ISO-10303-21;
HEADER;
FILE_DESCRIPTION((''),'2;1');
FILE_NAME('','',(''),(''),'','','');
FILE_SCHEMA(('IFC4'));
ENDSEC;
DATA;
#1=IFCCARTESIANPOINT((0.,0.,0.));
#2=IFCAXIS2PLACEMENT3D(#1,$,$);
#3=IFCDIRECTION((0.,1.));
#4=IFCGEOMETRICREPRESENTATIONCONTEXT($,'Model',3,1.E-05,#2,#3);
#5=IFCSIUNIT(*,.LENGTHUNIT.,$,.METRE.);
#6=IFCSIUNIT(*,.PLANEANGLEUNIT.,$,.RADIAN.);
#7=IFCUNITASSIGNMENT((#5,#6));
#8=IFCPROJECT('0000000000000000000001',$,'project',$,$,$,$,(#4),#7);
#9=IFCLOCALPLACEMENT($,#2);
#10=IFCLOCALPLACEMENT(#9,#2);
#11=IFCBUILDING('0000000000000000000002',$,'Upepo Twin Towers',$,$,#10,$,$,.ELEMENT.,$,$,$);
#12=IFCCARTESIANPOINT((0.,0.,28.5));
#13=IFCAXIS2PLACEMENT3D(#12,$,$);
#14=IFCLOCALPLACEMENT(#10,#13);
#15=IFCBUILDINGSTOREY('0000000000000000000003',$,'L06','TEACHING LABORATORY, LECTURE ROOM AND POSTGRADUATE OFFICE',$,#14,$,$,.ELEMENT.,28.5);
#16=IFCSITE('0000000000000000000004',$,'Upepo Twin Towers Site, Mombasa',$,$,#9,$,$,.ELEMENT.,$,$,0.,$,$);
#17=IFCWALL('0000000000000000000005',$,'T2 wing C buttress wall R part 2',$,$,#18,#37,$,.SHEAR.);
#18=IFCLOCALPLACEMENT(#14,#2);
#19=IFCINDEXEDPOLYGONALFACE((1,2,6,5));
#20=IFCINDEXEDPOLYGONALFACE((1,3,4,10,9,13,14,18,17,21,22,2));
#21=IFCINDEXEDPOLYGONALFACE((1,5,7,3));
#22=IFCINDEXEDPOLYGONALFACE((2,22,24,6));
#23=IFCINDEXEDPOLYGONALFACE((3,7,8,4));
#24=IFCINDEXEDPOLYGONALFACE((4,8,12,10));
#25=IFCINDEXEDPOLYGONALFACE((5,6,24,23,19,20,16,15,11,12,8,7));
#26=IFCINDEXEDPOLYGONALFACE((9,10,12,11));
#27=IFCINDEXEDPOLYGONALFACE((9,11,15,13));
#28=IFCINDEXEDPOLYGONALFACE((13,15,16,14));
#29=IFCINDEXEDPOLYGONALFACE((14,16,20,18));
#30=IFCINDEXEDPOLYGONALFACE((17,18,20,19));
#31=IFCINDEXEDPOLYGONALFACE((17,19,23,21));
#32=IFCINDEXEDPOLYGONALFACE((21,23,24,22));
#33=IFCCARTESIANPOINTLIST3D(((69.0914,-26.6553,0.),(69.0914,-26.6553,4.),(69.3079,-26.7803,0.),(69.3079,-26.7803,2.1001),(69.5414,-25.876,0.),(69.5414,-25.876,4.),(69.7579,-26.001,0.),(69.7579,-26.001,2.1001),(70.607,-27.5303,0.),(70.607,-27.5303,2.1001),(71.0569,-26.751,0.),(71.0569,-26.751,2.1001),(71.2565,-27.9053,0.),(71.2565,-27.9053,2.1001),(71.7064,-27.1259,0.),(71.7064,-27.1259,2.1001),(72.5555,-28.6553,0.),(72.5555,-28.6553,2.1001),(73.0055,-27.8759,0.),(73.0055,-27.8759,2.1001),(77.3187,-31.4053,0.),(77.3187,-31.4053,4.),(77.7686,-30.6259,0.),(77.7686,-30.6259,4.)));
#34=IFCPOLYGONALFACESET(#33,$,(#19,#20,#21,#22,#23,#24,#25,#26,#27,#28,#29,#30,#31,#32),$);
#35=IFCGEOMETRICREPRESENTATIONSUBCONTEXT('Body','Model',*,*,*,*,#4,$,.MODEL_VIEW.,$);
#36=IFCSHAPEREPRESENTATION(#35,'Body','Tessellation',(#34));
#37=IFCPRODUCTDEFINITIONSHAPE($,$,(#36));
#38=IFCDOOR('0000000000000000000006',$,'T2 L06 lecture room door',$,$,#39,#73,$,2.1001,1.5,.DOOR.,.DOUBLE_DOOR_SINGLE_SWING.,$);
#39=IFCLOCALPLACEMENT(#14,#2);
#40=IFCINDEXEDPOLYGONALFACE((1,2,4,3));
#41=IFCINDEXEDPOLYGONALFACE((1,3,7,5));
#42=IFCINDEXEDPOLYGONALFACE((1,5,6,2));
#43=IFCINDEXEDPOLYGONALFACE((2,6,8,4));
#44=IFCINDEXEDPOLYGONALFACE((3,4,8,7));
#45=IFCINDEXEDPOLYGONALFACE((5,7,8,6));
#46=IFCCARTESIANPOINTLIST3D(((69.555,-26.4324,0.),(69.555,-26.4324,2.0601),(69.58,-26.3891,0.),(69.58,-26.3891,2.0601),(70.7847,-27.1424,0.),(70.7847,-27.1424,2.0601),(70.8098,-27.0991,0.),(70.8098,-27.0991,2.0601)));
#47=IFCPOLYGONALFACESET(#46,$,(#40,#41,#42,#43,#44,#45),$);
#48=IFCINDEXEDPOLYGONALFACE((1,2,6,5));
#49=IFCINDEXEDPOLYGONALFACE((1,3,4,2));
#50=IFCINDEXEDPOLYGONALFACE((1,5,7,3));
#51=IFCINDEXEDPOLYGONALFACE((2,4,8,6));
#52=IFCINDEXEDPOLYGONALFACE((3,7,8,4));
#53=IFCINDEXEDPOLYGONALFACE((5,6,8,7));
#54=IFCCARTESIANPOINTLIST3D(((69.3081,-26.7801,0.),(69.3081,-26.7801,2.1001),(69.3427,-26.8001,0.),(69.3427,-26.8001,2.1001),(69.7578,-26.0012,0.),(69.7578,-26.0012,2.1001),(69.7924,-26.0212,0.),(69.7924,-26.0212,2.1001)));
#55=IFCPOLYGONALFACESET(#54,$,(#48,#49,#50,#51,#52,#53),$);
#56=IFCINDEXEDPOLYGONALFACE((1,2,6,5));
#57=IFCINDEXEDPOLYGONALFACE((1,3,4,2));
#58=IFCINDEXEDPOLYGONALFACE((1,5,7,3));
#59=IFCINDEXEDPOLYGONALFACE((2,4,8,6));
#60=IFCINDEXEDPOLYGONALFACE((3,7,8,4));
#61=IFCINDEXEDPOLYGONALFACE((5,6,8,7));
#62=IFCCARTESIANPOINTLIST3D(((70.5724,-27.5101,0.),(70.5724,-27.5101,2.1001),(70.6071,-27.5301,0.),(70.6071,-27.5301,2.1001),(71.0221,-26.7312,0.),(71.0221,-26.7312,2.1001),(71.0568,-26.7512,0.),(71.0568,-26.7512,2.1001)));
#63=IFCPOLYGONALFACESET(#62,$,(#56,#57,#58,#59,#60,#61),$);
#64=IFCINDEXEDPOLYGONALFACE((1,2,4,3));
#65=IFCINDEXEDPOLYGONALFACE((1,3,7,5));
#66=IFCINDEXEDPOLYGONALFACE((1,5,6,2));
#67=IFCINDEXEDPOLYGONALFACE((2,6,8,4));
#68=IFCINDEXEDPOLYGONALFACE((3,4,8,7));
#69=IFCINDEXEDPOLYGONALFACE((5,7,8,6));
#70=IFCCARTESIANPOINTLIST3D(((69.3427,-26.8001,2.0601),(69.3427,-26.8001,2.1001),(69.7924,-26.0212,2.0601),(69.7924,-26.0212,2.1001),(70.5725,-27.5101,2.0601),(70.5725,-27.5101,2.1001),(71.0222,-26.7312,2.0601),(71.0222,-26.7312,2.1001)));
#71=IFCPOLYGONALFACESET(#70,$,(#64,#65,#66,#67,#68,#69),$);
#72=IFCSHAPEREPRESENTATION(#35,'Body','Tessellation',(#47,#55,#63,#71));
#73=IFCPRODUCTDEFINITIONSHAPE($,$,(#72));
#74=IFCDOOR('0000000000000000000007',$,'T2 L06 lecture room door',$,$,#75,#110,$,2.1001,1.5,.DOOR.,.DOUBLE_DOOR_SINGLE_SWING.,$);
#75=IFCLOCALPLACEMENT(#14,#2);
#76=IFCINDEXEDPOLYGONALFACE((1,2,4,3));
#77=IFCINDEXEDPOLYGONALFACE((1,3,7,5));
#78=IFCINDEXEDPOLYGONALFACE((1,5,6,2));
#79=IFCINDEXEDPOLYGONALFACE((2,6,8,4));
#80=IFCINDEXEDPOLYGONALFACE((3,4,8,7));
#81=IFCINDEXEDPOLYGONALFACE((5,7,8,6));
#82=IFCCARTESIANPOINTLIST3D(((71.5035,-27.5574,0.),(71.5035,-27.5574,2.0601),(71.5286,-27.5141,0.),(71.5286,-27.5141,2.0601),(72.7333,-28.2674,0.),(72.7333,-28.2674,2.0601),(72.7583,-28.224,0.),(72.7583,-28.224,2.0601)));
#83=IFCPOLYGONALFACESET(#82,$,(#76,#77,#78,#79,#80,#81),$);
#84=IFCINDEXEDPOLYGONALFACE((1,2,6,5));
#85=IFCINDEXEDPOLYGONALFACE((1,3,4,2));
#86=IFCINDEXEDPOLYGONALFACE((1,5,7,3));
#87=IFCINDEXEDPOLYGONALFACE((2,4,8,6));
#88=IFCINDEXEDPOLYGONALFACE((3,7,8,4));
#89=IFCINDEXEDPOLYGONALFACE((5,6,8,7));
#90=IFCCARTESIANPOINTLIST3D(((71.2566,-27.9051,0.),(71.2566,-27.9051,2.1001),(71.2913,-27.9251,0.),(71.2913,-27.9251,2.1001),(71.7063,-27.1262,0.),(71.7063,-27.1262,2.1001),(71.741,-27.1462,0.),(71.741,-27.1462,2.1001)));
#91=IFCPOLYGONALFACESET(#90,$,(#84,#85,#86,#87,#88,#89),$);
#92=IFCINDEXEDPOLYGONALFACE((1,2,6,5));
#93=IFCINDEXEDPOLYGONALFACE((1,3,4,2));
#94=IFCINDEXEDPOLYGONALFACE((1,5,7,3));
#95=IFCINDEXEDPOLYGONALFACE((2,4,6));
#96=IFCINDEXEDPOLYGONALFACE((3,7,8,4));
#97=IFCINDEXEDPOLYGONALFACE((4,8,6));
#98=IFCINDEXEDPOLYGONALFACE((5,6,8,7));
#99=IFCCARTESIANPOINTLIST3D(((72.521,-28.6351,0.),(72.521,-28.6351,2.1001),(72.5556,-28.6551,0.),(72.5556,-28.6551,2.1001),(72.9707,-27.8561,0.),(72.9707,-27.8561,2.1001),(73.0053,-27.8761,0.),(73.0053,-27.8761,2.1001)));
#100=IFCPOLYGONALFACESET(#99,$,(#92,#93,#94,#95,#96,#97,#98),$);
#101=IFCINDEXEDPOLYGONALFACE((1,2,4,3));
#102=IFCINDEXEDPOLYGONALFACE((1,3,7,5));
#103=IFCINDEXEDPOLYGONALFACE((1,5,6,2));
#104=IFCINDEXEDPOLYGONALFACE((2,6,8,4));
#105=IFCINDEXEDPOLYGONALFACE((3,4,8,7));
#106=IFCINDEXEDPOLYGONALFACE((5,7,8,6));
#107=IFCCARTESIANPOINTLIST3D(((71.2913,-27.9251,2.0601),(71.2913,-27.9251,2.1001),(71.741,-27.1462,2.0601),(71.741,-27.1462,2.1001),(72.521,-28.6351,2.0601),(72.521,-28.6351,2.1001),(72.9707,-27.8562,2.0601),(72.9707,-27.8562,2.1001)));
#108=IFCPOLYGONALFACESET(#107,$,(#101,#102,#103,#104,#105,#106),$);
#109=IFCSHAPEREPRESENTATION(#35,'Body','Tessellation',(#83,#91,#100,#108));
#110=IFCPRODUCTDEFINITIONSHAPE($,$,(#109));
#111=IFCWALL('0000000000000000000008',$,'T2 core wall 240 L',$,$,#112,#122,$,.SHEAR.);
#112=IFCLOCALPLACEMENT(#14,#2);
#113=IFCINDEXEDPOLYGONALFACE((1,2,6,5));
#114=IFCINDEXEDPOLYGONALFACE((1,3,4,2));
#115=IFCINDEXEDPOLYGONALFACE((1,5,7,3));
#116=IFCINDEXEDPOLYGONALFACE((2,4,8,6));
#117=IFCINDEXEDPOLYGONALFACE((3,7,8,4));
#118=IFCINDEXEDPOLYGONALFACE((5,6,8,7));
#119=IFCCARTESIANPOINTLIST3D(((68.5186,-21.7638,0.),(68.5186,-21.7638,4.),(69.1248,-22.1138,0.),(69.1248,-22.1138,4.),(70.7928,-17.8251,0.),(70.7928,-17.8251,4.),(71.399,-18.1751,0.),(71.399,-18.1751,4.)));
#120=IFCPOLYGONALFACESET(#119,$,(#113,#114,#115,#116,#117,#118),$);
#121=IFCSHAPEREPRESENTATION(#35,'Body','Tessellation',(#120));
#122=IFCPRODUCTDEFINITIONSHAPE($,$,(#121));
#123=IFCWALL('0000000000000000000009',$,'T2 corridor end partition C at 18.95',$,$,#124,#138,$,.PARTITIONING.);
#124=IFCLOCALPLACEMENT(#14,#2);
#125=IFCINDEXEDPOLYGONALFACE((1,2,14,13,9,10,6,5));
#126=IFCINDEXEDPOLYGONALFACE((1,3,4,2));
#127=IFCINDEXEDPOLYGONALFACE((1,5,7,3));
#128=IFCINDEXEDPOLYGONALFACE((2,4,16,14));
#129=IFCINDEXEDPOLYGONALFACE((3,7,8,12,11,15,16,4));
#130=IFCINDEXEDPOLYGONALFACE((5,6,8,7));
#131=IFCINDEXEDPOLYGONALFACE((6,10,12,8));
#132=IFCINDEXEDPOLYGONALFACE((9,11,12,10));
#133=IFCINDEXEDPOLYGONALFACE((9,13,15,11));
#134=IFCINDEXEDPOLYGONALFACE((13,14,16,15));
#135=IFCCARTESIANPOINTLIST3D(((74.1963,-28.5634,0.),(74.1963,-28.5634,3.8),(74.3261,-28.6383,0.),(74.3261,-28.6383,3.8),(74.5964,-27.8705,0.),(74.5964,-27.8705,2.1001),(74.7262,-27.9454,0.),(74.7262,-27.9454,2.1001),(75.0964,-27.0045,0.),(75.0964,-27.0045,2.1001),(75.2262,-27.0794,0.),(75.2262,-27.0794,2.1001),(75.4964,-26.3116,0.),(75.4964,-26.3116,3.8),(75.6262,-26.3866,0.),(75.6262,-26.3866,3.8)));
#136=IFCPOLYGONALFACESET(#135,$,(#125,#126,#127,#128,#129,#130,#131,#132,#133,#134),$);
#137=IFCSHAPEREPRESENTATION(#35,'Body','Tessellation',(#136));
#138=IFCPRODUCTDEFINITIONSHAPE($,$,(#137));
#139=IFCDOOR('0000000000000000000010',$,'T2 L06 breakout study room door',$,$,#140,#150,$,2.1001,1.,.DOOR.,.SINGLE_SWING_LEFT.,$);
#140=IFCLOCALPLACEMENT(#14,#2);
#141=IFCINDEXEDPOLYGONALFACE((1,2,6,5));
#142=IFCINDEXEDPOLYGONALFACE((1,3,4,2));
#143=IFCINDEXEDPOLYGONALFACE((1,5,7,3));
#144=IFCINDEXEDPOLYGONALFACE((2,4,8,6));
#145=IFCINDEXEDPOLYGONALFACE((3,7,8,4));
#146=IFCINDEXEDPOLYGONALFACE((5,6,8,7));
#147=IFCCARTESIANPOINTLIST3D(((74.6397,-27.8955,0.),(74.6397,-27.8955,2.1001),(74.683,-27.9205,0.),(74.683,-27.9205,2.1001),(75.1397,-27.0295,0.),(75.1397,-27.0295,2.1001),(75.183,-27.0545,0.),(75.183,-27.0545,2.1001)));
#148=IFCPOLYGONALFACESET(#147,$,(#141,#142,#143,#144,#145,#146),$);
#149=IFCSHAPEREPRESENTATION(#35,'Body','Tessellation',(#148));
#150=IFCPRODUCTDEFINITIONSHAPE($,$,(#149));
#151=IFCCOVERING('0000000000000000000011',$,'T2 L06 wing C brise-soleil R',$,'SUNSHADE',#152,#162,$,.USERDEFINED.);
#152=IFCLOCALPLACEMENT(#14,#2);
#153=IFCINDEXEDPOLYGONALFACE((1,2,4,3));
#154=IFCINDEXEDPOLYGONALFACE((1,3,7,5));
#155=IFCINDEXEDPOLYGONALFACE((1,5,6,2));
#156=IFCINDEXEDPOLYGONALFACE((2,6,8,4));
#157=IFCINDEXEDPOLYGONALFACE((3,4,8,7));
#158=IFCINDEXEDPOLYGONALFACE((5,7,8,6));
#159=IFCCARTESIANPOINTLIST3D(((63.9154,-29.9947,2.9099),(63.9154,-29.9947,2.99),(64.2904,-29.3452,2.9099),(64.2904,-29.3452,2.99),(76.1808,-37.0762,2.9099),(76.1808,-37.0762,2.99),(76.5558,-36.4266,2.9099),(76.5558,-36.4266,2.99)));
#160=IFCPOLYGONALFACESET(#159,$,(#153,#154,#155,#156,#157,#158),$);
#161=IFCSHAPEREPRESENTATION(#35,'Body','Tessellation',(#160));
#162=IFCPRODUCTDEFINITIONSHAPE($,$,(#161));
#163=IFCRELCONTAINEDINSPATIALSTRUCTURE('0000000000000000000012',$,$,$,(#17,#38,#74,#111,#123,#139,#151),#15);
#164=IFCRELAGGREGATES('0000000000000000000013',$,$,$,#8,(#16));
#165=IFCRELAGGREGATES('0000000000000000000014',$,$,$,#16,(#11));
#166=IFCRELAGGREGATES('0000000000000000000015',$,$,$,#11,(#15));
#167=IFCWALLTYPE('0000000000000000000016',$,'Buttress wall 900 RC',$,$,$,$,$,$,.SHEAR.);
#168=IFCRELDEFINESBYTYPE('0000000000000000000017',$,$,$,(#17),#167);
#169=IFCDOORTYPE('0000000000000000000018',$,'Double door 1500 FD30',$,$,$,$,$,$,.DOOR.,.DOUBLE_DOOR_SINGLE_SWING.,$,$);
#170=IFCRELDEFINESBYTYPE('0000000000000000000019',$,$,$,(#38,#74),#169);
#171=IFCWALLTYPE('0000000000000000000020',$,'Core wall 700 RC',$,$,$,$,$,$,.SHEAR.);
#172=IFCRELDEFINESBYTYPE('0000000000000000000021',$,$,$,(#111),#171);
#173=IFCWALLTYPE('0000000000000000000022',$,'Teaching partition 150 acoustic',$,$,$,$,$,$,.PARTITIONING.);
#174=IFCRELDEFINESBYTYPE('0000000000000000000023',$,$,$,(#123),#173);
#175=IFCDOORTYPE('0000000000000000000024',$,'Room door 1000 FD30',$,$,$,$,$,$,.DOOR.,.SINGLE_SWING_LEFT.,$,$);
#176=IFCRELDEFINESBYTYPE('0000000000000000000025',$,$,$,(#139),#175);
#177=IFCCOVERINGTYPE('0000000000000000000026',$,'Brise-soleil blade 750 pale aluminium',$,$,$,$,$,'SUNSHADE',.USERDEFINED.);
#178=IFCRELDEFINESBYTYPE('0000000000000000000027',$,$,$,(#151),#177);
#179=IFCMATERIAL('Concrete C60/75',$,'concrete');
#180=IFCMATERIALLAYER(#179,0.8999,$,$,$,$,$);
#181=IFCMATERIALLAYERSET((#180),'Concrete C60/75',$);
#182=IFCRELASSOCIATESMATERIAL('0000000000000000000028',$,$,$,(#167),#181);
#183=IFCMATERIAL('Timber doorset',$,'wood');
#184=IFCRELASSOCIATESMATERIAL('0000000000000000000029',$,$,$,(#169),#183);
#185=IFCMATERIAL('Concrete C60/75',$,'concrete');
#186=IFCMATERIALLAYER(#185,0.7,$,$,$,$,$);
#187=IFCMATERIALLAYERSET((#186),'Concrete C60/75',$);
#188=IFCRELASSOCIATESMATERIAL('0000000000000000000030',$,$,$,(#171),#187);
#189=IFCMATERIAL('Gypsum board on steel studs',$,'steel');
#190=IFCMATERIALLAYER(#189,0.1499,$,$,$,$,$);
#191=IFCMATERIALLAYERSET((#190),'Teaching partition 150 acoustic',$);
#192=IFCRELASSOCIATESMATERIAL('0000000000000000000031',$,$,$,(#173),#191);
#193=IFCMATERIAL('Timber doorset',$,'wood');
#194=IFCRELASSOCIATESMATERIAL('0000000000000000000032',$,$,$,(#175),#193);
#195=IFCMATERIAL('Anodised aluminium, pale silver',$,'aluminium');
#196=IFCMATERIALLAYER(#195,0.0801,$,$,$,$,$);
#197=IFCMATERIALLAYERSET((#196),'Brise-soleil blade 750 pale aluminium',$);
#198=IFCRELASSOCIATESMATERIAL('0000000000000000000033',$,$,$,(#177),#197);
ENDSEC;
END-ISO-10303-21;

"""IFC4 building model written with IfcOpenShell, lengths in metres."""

from ifc_helpers import new_model, si_unit, direction, frame, frame_2d, origin, origin_2d, place, context, subcontext, project, spatial, rectangle, extrude, material, layer, layer_set, type_object, element, fill, save


model = new_model("IFC4")

# Units and contexts
model_context = context("Model", 3, precision=1e-05, world=origin(), true_north=direction((0.0, 1.0)))
body_context = subcontext(model_context, "Body", "Model", "MODEL_VIEW")
ifc_project = project(units=[si_unit("LENGTHUNIT", "METRE"), si_unit("PLANEANGLEUNIT", "RADIAN")], contexts=[model_context])

# Site, building, storey
site_placement = place(None, origin())
site = spatial("IfcSite", under=ifc_project, at=site_placement, Name="Upepo Twin Towers Site, Mombasa", CompositionType="ELEMENT", RefElevation=0.0)
building_placement = place(site_placement, origin())
building = spatial("IfcBuilding", under=site, at=building_placement, Name="Upepo Twin Towers", CompositionType="ELEMENT")
storey_placement = place(building_placement, frame((0.0, 0.0, 28.5)))
storey = spatial("IfcBuildingStorey", under=building, at=storey_placement, Name="L06", Description="TEACHING LABORATORY, LECTURE ROOM AND POSTGRADUATE OFFICE", CompositionType="ELEMENT", Elevation=28.5)

# Wall, openings, doors
ifc_material_1 = material(Name="Concrete C60/75", Category="concrete")
ifc_layer_1 = layer(ifc_material_1, 0.8999)
ifc_layer_set_1 = layer_set([ifc_layer_1], Name="Concrete C60/75")
wall_type_1 = type_object("IfcWallType", Name="Buttress wall 900 RC", PredefinedType="SHEAR", material=ifc_layer_set_1)
ifc_material_2 = material(Name="Timber doorset", Category="wood")
door_type_1 = type_object("IfcDoorType", Name="Double door 1500 FD30", OperationType="DOUBLE_DOOR_SINGLE_SWING", PredefinedType="DOOR", material=ifc_material_2)
wall_1_placement = place(storey_placement, frame((69.3164, -26.2656, 0.0), z_axis=(0.0, 0.0, 1.0), x_axis=(0.866027, -0.499998, 0.0)))
wall_1 = element("IfcWall", 1, at=wall_1_placement, inside=storey, type_object=wall_type_1, Name="T2 wing C buttress wall R part 2", PredefinedType="SHEAR", context=body_context, shape_type="SweptSolid", body=[
    extrude(rectangle(XDim=9.5, YDim=0.8999, at=frame_2d((4.75, 0.0))), origin(), (0.0, 0.0, 1.0), 4.0),
])
opening_1_placement = place(wall_1_placement, frame((0.25, 0.0, 0.0)))
opening_1 = element("IfcOpeningElement", 2, at=opening_1_placement, cuts=wall_1, PredefinedType="OPENING", context=body_context, shape_type="SweptSolid", body=[
    extrude(rectangle(XDim=1.5, YDim=2.1001, at=frame_2d((0.75, 1.05))), frame((0.0, 0.46, 0.0), z_axis=(0.0, -1.0, 0.0), x_axis=(1.0, 0.0, 0.0)), (0.0, 0.0, 1.0), 0.9199),
])
opening_2_placement = place(wall_1_placement, frame((2.5, 0.0, 0.0)))
opening_2 = element("IfcOpeningElement", 3, at=opening_2_placement, cuts=wall_1, PredefinedType="OPENING", context=body_context, shape_type="SweptSolid", body=[
    extrude(rectangle(XDim=1.5, YDim=2.1001, at=frame_2d((0.75, 1.05))), frame((0.0, 0.46, 0.0), z_axis=(0.0, -1.0, 0.0), x_axis=(1.0, 0.0, 0.0)), (0.0, 0.0, 1.0), 0.9199),
])
door_1_placement = place(opening_1_placement, origin())
door_1 = element("IfcDoor", 4, at=door_1_placement, inside=storey, type_object=door_type_1, Name="T2 L06 lecture room door", OperationType="DOUBLE_DOOR_SINGLE_SWING", OverallHeight=2.1001, OverallWidth=1.5, PredefinedType="DOOR", context=body_context, shape_type="SweptSolid", body=[
    extrude(rectangle(XDim=1.42, YDim=2.0601, at=frame_2d((0.75, 1.03))), frame((0.0, 0.0249, 0.0), z_axis=(0.0, -1.0, 0.0), x_axis=(1.0, 0.0, 0.0)), (0.0, 0.0, 1.0), 0.05),
    extrude(rectangle(XDim=0.04, YDim=2.1001, at=frame_2d((0.02, 1.05))), frame((0.0, 0.4497, 0.0), z_axis=(0.0, -1.0, 0.0), x_axis=(1.0, 0.0, 0.0)), (0.0, 0.0, 1.0), 0.8994),
    extrude(rectangle(XDim=0.04, YDim=2.1001, at=frame_2d((1.48, 1.05))), frame((0.0, 0.4497, 0.0), z_axis=(0.0, -1.0, 0.0), x_axis=(1.0, 0.0, 0.0)), (0.0, 0.0, 1.0), 0.8994),
    extrude(rectangle(XDim=1.42, YDim=0.04, at=frame_2d((0.75, 2.0801))), frame((0.0, 0.4497, 0.0), z_axis=(0.0, -1.0, 0.0), x_axis=(1.0, 0.0, 0.0)), (0.0, 0.0, 1.0), 0.8994),
])
fill(opening_1, door_1)
door_2_placement = place(opening_2_placement, origin())
door_2 = element("IfcDoor", 5, at=door_2_placement, inside=storey, type_object=door_type_1, Name="T2 L06 lecture room door", OperationType="DOUBLE_DOOR_SINGLE_SWING", OverallHeight=2.1001, OverallWidth=1.5, PredefinedType="DOOR", context=body_context, shape_type="SweptSolid", body=[
    extrude(rectangle(XDim=1.42, YDim=2.0601, at=frame_2d((0.75, 1.03))), frame((0.0, 0.0249, 0.0), z_axis=(0.0, -1.0, 0.0), x_axis=(1.0, 0.0, 0.0)), (0.0, 0.0, 1.0), 0.05),
    extrude(rectangle(XDim=0.04, YDim=2.1001, at=frame_2d((0.02, 1.05))), frame((0.0, 0.4497, 0.0), z_axis=(0.0, -1.0, 0.0), x_axis=(1.0, 0.0, 0.0)), (0.0, 0.0, 1.0), 0.8994),
    extrude(rectangle(XDim=0.04, YDim=2.1001, at=frame_2d((1.48, 1.05))), frame((0.0, 0.4497, 0.0), z_axis=(0.0, -1.0, 0.0), x_axis=(1.0, 0.0, 0.0)), (0.0, 0.0, 1.0), 0.8994),
    extrude(rectangle(XDim=1.42, YDim=0.04, at=frame_2d((0.75, 2.0801))), frame((0.0, 0.4497, 0.0), z_axis=(0.0, -1.0, 0.0), x_axis=(1.0, 0.0, 0.0)), (0.0, 0.0, 1.0), 0.8994),
])
fill(opening_2, door_2)

# Wall
ifc_material_3 = material(Name="Concrete C60/75", Category="concrete")
ifc_layer_2 = layer(ifc_material_3, 0.7)
ifc_layer_set_2 = layer_set([ifc_layer_2], Name="Concrete C60/75")
wall_type_2 = type_object("IfcWallType", Name="Core wall 700 RC", PredefinedType="SHEAR", material=ifc_layer_set_2)
wall_2_placement = place(storey_placement, frame((68.8218, -21.9387, 0.0), z_axis=(0.0, 0.0, 1.0), x_axis=(0.500024, 0.866011, 0.0)))
element("IfcWall", 6, at=wall_2_placement, inside=storey, type_object=wall_type_2, Name="T2 core wall 240 L", PredefinedType="SHEAR", context=body_context, shape_type="SweptSolid", body=[
    extrude(rectangle(XDim=4.5481, YDim=0.7, at=frame_2d((2.2739, 0.0))), origin(), (0.0, 0.0, 1.0), 4.0),
])

# Wall, opening, door
ifc_material_4 = material(Name="Gypsum board on steel studs", Category="steel")
ifc_layer_3 = layer(ifc_material_4, 0.1499)
ifc_layer_set_3 = layer_set([ifc_layer_3], Name="Teaching partition 150 acoustic")
wall_type_3 = type_object("IfcWallType", Name="Teaching partition 150 acoustic", PredefinedType="PARTITIONING", material=ifc_layer_set_3)
wall_3_placement = place(storey_placement, frame((74.2612, -28.6008, 0.0), z_axis=(0.0, 0.0, 1.0), x_axis=(0.500007, 0.866021, 0.0)))
wall_3 = element("IfcWall", 7, at=wall_3_placement, inside=storey, type_object=wall_type_3, Name="T2 corridor end partition C at 18.95", PredefinedType="PARTITIONING", context=body_context, shape_type="SweptSolid", body=[
    extrude(rectangle(XDim=2.6001, YDim=0.1499, at=frame_2d((1.3, 0.0))), origin(), (0.0, 0.0, 1.0), 3.8),
])
opening_3_placement = place(wall_3_placement, frame((0.8, 0.0, 0.0)))
opening_3 = element("IfcOpeningElement", 8, at=opening_3_placement, cuts=wall_3, PredefinedType="OPENING", context=body_context, shape_type="SweptSolid", body=[
    extrude(rectangle(XDim=1.0, YDim=2.1001, at=frame_2d((0.5, 1.05))), frame((0.0, 0.085, 0.0), z_axis=(0.0, -1.0, 0.0), x_axis=(1.0, 0.0, 0.0)), (0.0, 0.0, 1.0), 0.1699),
])
ifc_material_5 = material(Name="Timber doorset", Category="wood")
door_type_2 = type_object("IfcDoorType", Name="Room door 1000 FD30", OperationType="SINGLE_SWING_LEFT", PredefinedType="DOOR", material=ifc_material_5)
door_3_placement = place(opening_3_placement, origin())
door_3 = element("IfcDoor", 9, at=door_3_placement, inside=storey, type_object=door_type_2, Name="T2 L06 breakout study room door", OperationType="SINGLE_SWING_LEFT", OverallHeight=2.1001, OverallWidth=1.0, PredefinedType="DOOR", context=body_context, shape_type="SweptSolid", body=[
    extrude(rectangle(XDim=1.0, YDim=2.1001, at=frame_2d((0.5, 1.05))), frame((0.0, 0.0249, 0.0), z_axis=(0.0, -1.0, 0.0), x_axis=(1.0, 0.0, 0.0)), (0.0, 0.0, 1.0), 0.05),
])
fill(opening_3, door_3)

# Covering
ifc_material_6 = material(Name="Anodised aluminium, pale silver", Category="aluminium")
ifc_layer_4 = layer(ifc_material_6, 0.0801)
ifc_layer_set_4 = layer_set([ifc_layer_4], Name="Brise-soleil blade 750 pale aluminium")
covering_type = type_object("IfcCoveringType", Name="Brise-soleil blade 750 pale aluminium", ElementType="SUNSHADE", PredefinedType="USERDEFINED", material=ifc_layer_set_4)
covering_placement = place(storey_placement, frame((70.2356, -33.2107, 2.9099), z_axis=(0.0, 0.0, 1.0), x_axis=(0.866025, -0.5, 0.0)))
element("IfcCovering", 10, at=covering_placement, inside=storey, type_object=covering_type, Name="T2 L06 wing C brise-soleil R", ObjectType="SUNSHADE", PredefinedType="USERDEFINED", context=body_context, shape_type="SweptSolid", body=[
    extrude(rectangle(XDim=14.1628, YDim=0.75, at=origin_2d()), origin(), (0.0, 0.0, 1.0), 0.0801),
])

save(model, "model.ifc")
